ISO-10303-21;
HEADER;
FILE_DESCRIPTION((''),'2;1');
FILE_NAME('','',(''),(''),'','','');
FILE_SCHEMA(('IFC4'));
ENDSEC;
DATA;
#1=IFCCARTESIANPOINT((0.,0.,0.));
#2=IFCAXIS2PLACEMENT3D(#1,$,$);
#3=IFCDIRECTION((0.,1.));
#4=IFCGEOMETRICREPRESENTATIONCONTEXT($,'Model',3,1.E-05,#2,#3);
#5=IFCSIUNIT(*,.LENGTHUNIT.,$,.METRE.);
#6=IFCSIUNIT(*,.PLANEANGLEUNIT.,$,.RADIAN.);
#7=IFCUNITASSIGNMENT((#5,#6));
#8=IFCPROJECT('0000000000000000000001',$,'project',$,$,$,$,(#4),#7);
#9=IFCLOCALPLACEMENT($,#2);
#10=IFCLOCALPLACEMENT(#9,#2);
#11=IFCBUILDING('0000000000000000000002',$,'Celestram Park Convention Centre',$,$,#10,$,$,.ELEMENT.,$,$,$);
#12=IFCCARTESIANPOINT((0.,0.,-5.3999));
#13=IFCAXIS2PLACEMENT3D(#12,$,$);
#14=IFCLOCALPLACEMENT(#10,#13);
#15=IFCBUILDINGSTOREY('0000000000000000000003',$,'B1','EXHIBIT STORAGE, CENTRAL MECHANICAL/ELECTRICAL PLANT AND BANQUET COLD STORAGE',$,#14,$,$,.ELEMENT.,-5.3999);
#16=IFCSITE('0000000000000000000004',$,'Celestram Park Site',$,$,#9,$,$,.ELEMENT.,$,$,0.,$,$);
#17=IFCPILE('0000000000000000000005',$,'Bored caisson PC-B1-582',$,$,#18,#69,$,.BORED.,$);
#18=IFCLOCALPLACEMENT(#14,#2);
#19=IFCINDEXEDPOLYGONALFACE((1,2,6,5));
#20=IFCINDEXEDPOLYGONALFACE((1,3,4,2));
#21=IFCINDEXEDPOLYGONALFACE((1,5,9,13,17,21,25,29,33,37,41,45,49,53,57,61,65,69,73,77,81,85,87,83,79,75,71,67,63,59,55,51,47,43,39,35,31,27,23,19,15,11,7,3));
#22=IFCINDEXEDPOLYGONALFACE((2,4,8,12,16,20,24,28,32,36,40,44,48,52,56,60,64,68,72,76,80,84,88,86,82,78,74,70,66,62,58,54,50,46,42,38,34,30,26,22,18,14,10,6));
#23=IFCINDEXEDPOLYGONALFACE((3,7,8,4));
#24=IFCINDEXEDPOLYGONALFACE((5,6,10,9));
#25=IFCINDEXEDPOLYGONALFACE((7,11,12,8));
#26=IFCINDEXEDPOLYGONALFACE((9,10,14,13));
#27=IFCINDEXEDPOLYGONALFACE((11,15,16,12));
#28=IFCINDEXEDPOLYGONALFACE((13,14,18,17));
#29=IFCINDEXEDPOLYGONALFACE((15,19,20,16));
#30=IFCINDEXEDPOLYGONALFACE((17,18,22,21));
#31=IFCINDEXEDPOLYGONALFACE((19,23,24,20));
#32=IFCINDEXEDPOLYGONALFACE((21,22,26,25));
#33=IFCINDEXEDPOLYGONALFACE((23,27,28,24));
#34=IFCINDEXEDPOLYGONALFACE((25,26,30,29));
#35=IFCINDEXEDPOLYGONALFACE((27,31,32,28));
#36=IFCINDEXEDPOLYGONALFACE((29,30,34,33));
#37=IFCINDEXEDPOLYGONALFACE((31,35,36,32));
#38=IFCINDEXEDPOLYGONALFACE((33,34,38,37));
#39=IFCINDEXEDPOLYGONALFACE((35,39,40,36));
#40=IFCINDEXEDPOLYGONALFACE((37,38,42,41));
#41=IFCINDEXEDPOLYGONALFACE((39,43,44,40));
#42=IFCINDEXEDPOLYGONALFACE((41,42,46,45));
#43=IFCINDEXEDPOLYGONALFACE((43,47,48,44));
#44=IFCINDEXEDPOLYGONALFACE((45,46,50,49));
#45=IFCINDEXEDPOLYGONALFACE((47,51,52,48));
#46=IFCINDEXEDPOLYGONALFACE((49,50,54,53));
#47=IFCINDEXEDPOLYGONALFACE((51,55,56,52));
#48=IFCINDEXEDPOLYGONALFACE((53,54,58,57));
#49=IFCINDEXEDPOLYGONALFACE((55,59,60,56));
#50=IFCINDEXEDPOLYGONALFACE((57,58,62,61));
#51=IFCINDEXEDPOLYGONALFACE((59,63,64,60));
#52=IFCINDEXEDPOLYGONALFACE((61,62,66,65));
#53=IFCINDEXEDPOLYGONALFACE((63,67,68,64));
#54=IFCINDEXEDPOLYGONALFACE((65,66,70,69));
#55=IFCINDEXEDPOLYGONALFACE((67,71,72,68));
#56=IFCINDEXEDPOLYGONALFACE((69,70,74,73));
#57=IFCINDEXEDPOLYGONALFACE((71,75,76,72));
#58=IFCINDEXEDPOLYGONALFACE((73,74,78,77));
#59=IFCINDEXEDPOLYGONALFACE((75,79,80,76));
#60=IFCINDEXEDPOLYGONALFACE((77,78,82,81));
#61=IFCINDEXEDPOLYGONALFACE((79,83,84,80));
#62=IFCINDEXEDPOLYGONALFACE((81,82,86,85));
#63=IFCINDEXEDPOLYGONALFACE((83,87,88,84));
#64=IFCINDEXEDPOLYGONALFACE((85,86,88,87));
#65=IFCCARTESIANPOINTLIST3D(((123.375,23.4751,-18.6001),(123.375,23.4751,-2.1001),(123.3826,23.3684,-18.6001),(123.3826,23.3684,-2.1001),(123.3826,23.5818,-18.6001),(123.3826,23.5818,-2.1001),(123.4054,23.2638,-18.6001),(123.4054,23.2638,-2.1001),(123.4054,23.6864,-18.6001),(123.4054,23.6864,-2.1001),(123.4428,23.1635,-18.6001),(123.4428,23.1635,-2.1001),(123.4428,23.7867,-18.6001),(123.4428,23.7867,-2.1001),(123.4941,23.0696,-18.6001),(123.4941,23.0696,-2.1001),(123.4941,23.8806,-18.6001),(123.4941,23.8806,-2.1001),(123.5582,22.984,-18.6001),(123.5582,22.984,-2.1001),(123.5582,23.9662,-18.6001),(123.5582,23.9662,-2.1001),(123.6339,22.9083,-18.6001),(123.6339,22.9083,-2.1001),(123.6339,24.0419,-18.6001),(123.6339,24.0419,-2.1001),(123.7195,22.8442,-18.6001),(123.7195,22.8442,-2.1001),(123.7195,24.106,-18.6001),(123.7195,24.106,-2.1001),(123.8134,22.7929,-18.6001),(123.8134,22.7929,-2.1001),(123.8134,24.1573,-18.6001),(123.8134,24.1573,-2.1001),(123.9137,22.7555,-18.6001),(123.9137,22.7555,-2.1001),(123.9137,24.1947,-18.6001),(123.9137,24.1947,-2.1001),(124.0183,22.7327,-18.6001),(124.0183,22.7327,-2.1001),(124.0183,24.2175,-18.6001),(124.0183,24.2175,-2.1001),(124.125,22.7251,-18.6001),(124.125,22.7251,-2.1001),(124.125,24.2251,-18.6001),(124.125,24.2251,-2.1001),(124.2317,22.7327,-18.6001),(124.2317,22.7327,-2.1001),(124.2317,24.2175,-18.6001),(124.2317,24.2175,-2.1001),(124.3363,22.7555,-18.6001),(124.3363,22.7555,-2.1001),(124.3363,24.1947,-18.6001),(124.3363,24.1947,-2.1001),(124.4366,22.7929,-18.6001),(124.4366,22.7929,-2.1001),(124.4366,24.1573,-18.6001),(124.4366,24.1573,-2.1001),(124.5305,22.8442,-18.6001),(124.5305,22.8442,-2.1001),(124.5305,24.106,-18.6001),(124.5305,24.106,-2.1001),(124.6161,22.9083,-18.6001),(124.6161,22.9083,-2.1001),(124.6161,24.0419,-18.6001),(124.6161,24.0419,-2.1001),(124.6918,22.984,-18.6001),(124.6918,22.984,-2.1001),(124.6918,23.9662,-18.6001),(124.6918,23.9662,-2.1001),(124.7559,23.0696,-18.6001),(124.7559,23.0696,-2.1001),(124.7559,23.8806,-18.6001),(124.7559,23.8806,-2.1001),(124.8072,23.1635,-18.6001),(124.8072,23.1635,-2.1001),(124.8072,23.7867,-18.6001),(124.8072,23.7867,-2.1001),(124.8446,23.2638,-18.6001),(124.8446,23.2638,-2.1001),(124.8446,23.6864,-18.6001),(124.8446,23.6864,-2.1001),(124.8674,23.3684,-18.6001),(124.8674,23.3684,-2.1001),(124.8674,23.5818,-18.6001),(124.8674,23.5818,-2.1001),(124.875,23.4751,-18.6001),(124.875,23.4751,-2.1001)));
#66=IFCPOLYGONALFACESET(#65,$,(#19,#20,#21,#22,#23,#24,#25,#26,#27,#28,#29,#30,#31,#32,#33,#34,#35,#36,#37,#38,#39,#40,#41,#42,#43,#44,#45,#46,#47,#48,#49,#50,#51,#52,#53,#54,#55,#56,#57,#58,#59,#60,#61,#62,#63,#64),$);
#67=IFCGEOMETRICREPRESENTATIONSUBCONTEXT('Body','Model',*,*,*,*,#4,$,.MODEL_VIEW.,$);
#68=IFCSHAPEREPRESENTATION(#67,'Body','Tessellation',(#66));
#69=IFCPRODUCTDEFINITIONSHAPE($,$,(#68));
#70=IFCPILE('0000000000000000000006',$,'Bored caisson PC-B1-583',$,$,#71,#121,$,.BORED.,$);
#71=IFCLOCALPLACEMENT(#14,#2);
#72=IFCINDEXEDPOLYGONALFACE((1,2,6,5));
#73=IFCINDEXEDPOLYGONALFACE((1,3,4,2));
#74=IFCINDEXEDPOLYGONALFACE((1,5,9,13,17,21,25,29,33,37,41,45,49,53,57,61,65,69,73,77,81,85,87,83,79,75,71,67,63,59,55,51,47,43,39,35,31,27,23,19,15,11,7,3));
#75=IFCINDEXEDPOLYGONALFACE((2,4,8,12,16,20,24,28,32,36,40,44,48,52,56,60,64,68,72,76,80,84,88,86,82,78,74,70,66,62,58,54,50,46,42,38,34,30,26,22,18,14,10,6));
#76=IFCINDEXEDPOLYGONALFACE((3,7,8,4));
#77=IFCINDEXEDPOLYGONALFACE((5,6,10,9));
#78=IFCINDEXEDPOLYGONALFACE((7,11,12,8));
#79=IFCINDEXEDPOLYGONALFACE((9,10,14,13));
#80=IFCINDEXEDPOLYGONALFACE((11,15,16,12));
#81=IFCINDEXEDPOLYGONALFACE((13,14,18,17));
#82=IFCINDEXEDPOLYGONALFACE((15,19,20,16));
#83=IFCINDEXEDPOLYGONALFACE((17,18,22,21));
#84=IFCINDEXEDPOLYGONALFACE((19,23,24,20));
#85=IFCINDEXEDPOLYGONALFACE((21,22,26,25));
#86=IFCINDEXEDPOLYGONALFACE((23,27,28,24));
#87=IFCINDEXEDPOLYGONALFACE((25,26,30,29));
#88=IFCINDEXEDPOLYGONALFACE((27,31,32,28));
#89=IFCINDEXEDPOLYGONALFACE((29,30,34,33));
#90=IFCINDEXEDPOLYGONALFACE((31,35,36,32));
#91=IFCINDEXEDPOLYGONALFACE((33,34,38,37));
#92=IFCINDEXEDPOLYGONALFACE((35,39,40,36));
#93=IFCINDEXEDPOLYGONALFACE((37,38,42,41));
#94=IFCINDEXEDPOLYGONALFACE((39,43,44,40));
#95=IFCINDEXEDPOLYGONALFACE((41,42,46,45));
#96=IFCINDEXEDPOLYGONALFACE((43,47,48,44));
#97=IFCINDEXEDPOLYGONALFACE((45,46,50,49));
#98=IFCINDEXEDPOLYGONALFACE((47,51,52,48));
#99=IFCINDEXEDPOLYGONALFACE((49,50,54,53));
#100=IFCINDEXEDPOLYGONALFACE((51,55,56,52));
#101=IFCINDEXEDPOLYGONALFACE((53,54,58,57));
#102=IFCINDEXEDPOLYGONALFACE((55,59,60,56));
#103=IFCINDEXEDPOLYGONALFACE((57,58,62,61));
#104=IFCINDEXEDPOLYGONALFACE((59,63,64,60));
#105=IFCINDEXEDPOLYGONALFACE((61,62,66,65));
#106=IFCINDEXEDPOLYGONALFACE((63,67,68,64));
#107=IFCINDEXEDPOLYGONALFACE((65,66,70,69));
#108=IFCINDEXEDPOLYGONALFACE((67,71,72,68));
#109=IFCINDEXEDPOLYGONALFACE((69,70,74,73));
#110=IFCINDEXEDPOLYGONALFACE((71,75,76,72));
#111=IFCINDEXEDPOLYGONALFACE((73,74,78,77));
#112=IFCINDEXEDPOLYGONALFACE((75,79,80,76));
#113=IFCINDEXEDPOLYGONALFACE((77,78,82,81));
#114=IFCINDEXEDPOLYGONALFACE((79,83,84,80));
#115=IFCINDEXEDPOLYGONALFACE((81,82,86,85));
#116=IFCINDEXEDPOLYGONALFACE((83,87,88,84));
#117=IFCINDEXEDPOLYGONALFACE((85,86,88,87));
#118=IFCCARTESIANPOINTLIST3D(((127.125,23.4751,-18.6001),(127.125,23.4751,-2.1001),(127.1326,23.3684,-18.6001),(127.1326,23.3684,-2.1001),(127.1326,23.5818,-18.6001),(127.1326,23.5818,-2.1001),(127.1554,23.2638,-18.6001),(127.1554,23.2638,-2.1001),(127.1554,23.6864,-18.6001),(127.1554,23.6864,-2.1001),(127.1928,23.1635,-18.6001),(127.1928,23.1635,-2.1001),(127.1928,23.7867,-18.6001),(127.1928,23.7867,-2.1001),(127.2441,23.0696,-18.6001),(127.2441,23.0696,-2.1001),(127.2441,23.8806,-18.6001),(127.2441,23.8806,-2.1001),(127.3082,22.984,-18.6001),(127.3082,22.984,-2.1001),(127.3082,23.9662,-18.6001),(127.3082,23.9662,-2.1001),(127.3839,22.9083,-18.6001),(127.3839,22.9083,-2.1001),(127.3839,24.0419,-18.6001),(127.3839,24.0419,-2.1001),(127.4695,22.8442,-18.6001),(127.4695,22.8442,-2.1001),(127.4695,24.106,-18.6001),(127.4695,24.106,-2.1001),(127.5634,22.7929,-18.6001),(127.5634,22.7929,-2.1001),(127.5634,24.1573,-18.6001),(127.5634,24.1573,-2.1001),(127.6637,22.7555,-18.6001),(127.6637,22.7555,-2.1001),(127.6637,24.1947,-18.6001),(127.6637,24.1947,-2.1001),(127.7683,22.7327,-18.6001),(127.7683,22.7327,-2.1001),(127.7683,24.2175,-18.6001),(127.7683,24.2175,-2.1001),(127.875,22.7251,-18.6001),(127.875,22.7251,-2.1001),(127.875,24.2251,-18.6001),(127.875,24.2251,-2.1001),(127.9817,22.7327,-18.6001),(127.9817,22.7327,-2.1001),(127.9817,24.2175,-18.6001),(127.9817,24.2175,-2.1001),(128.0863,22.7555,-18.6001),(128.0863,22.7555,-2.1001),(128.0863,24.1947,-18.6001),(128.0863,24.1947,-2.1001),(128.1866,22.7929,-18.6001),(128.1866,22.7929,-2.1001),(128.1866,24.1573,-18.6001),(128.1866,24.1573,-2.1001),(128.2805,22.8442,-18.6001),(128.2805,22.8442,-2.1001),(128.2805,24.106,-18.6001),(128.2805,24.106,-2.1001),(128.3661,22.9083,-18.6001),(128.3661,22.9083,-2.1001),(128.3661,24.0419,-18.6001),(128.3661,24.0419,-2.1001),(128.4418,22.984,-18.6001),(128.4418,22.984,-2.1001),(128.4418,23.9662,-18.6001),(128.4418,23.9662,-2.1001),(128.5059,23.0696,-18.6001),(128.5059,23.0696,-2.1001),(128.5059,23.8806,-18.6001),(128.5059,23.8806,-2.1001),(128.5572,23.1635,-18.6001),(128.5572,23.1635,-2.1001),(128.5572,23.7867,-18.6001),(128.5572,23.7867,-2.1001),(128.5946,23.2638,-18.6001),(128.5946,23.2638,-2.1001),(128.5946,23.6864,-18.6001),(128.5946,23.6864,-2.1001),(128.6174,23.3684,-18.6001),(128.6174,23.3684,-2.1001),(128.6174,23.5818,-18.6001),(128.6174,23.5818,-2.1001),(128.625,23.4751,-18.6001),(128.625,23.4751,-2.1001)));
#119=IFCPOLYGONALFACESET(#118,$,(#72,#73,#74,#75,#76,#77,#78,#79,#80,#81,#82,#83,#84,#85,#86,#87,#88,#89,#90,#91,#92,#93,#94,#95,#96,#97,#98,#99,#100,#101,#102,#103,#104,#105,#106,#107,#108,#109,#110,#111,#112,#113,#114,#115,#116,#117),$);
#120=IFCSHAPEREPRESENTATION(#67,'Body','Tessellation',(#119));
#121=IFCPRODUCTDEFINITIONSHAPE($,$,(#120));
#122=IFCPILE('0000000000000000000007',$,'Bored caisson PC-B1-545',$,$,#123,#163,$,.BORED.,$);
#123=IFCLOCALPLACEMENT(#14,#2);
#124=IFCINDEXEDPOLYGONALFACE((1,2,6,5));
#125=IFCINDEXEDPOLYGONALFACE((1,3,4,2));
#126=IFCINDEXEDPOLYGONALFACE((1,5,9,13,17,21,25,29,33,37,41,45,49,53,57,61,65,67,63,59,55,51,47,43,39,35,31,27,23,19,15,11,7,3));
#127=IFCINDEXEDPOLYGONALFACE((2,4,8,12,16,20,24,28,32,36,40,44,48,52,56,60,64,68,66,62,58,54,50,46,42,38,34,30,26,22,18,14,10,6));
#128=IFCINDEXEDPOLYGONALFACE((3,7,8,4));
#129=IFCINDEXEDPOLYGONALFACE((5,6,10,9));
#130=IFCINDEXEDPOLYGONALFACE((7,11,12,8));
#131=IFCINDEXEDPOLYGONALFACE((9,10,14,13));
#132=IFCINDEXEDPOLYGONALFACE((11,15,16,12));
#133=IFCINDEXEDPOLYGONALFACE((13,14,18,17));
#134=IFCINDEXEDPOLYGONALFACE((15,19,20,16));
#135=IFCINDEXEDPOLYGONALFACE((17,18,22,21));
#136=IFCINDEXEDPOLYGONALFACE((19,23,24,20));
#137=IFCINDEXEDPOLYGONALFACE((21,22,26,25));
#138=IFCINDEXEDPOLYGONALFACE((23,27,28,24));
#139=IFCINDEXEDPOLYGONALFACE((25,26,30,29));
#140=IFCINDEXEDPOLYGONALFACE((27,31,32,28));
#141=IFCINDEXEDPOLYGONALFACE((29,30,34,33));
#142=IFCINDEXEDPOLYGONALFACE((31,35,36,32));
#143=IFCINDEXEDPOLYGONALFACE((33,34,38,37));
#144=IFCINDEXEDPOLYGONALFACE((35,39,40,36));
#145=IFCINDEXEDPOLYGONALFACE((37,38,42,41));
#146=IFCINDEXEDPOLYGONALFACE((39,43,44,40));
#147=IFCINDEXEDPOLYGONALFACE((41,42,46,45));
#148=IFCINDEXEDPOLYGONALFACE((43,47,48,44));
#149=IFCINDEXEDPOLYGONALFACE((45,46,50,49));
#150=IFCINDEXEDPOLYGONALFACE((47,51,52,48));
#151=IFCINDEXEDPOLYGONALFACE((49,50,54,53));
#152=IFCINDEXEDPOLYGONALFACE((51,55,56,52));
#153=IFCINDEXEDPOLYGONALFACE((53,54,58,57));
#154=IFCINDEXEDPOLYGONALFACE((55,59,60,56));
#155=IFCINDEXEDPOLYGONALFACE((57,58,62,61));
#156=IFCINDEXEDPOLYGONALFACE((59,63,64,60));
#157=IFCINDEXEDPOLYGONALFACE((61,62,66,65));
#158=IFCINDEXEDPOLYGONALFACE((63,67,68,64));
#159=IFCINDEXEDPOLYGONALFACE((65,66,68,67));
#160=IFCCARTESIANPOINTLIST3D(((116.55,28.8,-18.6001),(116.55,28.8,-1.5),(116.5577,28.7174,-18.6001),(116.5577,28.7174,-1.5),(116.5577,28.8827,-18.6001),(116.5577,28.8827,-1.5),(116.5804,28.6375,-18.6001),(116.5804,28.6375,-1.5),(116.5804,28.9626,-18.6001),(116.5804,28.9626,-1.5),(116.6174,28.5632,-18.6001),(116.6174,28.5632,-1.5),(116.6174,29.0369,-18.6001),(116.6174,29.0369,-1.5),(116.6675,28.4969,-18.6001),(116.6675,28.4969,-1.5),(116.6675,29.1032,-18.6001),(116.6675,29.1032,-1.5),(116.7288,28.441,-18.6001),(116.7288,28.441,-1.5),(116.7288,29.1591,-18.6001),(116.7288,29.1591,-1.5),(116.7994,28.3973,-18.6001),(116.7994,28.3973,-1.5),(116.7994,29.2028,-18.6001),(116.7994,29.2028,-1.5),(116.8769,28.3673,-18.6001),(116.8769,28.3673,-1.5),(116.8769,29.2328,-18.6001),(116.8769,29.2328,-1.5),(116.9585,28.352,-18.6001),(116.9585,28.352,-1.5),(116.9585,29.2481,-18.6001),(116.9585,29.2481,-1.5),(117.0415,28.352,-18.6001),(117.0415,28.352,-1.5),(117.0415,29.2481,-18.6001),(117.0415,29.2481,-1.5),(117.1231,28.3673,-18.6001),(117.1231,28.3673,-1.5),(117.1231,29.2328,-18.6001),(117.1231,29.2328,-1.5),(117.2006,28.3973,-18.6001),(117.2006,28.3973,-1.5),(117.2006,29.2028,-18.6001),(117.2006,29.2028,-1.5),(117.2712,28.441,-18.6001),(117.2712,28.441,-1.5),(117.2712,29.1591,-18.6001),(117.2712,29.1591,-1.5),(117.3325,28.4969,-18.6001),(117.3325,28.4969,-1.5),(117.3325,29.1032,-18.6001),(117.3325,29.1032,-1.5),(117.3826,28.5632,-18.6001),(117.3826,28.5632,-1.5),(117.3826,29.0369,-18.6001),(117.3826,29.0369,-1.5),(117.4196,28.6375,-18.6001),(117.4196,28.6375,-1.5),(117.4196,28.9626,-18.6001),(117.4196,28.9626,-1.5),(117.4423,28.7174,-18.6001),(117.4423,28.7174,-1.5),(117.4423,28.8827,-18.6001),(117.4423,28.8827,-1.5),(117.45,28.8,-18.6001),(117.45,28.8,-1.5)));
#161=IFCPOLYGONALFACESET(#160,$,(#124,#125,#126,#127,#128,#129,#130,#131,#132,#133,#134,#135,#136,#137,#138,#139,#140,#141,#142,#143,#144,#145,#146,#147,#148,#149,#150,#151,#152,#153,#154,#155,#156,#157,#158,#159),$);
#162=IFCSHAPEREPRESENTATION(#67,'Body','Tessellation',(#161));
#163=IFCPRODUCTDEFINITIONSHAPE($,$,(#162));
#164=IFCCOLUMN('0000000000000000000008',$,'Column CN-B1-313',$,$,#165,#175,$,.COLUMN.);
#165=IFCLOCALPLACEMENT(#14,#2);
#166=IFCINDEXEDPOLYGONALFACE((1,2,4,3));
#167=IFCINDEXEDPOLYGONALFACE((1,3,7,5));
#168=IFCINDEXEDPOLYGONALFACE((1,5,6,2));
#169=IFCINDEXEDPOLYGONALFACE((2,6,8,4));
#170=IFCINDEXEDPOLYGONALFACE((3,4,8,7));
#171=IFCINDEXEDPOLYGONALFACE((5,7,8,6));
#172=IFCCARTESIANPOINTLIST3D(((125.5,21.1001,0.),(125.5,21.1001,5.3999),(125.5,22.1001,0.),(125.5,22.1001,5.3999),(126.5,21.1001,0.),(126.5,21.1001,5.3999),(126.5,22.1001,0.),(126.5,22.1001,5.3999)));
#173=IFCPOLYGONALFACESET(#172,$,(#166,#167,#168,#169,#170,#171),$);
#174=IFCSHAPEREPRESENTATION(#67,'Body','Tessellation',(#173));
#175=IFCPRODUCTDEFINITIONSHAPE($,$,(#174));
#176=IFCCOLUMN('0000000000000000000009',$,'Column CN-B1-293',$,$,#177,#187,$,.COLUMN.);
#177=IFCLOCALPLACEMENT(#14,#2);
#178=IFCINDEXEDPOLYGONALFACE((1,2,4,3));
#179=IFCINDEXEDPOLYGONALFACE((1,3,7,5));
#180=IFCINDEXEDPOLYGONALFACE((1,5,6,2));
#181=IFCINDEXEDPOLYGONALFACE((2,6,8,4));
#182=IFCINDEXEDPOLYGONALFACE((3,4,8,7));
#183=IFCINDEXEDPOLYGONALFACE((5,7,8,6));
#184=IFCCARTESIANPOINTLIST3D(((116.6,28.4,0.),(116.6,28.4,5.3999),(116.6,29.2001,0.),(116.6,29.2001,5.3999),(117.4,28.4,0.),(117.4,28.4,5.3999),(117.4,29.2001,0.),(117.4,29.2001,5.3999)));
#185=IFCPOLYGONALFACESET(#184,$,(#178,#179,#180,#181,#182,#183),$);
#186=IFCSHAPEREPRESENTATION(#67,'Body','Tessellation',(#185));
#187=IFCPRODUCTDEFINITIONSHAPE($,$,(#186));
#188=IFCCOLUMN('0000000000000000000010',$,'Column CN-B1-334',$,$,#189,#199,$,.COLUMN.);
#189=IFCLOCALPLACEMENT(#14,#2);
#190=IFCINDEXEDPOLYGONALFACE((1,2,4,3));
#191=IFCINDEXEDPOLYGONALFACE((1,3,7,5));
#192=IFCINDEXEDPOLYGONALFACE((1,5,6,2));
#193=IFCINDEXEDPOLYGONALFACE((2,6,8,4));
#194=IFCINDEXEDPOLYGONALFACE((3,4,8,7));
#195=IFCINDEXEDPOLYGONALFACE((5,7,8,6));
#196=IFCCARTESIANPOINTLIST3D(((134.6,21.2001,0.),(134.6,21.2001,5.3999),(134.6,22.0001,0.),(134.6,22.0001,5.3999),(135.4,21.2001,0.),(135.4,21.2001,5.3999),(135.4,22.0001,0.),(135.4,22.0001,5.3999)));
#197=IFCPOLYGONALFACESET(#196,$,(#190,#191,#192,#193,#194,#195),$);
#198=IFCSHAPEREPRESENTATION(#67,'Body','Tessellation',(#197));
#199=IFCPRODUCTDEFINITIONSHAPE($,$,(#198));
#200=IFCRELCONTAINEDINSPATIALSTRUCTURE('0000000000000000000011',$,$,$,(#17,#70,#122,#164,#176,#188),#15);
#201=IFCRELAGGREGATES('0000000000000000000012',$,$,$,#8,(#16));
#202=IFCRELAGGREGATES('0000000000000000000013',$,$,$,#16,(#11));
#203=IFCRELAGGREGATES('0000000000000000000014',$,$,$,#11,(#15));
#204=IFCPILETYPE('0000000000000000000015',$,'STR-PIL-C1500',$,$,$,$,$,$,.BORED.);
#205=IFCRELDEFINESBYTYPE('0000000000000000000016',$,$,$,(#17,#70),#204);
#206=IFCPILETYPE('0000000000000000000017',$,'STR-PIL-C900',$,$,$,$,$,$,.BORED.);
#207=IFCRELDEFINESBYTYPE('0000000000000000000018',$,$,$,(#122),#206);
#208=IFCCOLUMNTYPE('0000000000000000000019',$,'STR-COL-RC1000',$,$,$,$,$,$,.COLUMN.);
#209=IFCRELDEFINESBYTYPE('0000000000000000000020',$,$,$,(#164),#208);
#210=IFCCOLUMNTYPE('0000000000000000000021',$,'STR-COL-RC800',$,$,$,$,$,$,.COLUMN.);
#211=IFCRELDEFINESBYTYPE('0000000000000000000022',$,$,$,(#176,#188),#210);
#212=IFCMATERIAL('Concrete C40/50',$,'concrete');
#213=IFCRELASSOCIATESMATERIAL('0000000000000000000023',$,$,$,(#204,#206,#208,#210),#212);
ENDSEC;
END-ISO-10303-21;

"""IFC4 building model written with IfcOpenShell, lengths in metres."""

from ifc_helpers import new_model, si_unit, direction, frame, origin, origin_2d, place, context, subcontext, project, spatial, rectangle, circle, extrude, material, material_profile, profile_set, type_object, element, save


model = new_model("IFC4")

# Units and contexts
model_context = context("Model", 3, precision=1e-05, world=origin(), true_north=direction((0.0, 1.0)))
body_context = subcontext(model_context, "Body", "Model", "MODEL_VIEW")
ifc_project = project(units=[si_unit("LENGTHUNIT", "METRE"), si_unit("PLANEANGLEUNIT", "RADIAN")], contexts=[model_context])

# Site, building, storey
site_placement = place(None, origin())
site = spatial("IfcSite", under=ifc_project, at=site_placement, Name="Celestram Park Site", CompositionType="ELEMENT", RefElevation=0.0)
building_placement = place(site_placement, origin())
building = spatial("IfcBuilding", under=site, at=building_placement, Name="Celestram Park Convention Centre", CompositionType="ELEMENT")
storey_placement = place(building_placement, frame((0.0, 0.0, -5.3999)))
storey = spatial("IfcBuildingStorey", under=building, at=storey_placement, Name="B1", Description="EXHIBIT STORAGE, CENTRAL MECHANICAL/ELECTRICAL PLANT AND BANQUET COLD STORAGE", CompositionType="ELEMENT", Elevation=-5.3999)

# Shared definitions
ifc_material_1 = material(Name="Concrete C40/50", Category="concrete")

# Piles
ifc_material_profile_1 = material_profile(ifc_material_1, circle(Radius=0.75, at=origin_2d()), Name="CAISSON1500")
ifc_profile_set_1 = profile_set([ifc_material_profile_1], Name="Concrete C40/50")
pile_type_1 = type_object("IfcPileType", Name="STR-PIL-C1500", PredefinedType="BORED", material=ifc_profile_set_1)
for number, where, z_axis, x_axis, name in (
    (1, (124.125, 23.4751, -2.1001), (0.0, 0.0, -1.0), (1.0, 0.0, 0.0), "Bored caisson PC-B1-582"),
    (2, (127.875, 23.4751, -2.1001), (0.0, 0.0, -1.0), (1.0, 0.0, 0.0), "Bored caisson PC-B1-583"),
):
    element("IfcPile", number, at=place(storey_placement, frame(where, z_axis=z_axis, x_axis=x_axis)), inside=storey, type_object=pile_type_1, Name=name, PredefinedType="BORED", context=body_context, shape_type="SweptSolid", body=[
        extrude(circle(Radius=0.75, at=origin_2d()), origin(), (0.0, 0.0, 1.0), 16.5),
    ])
ifc_material_profile_2 = material_profile(ifc_material_1, circle(Radius=0.45, at=origin_2d()), Name="CAISSON900")
ifc_profile_set_2 = profile_set([ifc_material_profile_2], Name="Concrete C40/50")
pile_type_2 = type_object("IfcPileType", Name="STR-PIL-C900", PredefinedType="BORED", material=ifc_profile_set_2)
pile_1_placement = place(storey_placement, frame((117.0, 28.8, -1.5), z_axis=(0.0, 0.0, -1.0), x_axis=(1.0, 0.0, 0.0)))
element("IfcPile", 3, at=pile_1_placement, inside=storey, type_object=pile_type_2, Name="Bored caisson PC-B1-545", PredefinedType="BORED", context=body_context, shape_type="SweptSolid", body=[
    extrude(circle(Radius=0.45, at=origin_2d()), origin(), (0.0, 0.0, 1.0), 17.1001),
])

# Columns
ifc_material_profile_3 = material_profile(ifc_material_1, rectangle(XDim=1.0, YDim=1.0, at=origin_2d()), Name="RC1000X1000")
ifc_profile_set_3 = profile_set([ifc_material_profile_3], Name="Concrete C40/50")
column_type_1 = type_object("IfcColumnType", Name="STR-COL-RC1000", PredefinedType="COLUMN", material=ifc_profile_set_3)
column_placement = place(storey_placement, frame((126.0, 21.6001, 0.0), z_axis=(0.0, 0.0, 1.0), x_axis=(1.0, 0.0, 0.0)))
element("IfcColumn", 4, at=column_placement, inside=storey, type_object=column_type_1, Name="Column CN-B1-313", PredefinedType="COLUMN", context=body_context, shape_type="SweptSolid", body=[
    extrude(rectangle(XDim=1.0, YDim=1.0, at=origin_2d()), origin(), (0.0, 0.0, 1.0), 5.3999),
])
ifc_material_profile_4 = material_profile(ifc_material_1, rectangle(XDim=0.8, YDim=0.8, at=origin_2d()), Name="RC800X800")
ifc_profile_set_4 = profile_set([ifc_material_profile_4], Name="Concrete C40/50")
column_type_2 = type_object("IfcColumnType", Name="STR-COL-RC800", PredefinedType="COLUMN", material=ifc_profile_set_4)
for number, where, z_axis, x_axis, name in (
    (5, (117.0, 28.8, 0.0), (0.0, 0.0, 1.0), (1.0, 0.0, 0.0), "Column CN-B1-293"),
    (6, (135.0, 21.6001, 0.0), (0.0, 0.0, 1.0), (1.0, 0.0, 0.0), "Column CN-B1-334"),
):
    element("IfcColumn", number, at=place(storey_placement, frame(where, z_axis=z_axis, x_axis=x_axis)), inside=storey, type_object=column_type_2, Name=name, PredefinedType="COLUMN", context=body_context, shape_type="SweptSolid", body=[
        extrude(rectangle(XDim=0.8, YDim=0.8, at=origin_2d()), origin(), (0.0, 0.0, 1.0), 5.3999),
    ])

save(model, "model.ifc")
